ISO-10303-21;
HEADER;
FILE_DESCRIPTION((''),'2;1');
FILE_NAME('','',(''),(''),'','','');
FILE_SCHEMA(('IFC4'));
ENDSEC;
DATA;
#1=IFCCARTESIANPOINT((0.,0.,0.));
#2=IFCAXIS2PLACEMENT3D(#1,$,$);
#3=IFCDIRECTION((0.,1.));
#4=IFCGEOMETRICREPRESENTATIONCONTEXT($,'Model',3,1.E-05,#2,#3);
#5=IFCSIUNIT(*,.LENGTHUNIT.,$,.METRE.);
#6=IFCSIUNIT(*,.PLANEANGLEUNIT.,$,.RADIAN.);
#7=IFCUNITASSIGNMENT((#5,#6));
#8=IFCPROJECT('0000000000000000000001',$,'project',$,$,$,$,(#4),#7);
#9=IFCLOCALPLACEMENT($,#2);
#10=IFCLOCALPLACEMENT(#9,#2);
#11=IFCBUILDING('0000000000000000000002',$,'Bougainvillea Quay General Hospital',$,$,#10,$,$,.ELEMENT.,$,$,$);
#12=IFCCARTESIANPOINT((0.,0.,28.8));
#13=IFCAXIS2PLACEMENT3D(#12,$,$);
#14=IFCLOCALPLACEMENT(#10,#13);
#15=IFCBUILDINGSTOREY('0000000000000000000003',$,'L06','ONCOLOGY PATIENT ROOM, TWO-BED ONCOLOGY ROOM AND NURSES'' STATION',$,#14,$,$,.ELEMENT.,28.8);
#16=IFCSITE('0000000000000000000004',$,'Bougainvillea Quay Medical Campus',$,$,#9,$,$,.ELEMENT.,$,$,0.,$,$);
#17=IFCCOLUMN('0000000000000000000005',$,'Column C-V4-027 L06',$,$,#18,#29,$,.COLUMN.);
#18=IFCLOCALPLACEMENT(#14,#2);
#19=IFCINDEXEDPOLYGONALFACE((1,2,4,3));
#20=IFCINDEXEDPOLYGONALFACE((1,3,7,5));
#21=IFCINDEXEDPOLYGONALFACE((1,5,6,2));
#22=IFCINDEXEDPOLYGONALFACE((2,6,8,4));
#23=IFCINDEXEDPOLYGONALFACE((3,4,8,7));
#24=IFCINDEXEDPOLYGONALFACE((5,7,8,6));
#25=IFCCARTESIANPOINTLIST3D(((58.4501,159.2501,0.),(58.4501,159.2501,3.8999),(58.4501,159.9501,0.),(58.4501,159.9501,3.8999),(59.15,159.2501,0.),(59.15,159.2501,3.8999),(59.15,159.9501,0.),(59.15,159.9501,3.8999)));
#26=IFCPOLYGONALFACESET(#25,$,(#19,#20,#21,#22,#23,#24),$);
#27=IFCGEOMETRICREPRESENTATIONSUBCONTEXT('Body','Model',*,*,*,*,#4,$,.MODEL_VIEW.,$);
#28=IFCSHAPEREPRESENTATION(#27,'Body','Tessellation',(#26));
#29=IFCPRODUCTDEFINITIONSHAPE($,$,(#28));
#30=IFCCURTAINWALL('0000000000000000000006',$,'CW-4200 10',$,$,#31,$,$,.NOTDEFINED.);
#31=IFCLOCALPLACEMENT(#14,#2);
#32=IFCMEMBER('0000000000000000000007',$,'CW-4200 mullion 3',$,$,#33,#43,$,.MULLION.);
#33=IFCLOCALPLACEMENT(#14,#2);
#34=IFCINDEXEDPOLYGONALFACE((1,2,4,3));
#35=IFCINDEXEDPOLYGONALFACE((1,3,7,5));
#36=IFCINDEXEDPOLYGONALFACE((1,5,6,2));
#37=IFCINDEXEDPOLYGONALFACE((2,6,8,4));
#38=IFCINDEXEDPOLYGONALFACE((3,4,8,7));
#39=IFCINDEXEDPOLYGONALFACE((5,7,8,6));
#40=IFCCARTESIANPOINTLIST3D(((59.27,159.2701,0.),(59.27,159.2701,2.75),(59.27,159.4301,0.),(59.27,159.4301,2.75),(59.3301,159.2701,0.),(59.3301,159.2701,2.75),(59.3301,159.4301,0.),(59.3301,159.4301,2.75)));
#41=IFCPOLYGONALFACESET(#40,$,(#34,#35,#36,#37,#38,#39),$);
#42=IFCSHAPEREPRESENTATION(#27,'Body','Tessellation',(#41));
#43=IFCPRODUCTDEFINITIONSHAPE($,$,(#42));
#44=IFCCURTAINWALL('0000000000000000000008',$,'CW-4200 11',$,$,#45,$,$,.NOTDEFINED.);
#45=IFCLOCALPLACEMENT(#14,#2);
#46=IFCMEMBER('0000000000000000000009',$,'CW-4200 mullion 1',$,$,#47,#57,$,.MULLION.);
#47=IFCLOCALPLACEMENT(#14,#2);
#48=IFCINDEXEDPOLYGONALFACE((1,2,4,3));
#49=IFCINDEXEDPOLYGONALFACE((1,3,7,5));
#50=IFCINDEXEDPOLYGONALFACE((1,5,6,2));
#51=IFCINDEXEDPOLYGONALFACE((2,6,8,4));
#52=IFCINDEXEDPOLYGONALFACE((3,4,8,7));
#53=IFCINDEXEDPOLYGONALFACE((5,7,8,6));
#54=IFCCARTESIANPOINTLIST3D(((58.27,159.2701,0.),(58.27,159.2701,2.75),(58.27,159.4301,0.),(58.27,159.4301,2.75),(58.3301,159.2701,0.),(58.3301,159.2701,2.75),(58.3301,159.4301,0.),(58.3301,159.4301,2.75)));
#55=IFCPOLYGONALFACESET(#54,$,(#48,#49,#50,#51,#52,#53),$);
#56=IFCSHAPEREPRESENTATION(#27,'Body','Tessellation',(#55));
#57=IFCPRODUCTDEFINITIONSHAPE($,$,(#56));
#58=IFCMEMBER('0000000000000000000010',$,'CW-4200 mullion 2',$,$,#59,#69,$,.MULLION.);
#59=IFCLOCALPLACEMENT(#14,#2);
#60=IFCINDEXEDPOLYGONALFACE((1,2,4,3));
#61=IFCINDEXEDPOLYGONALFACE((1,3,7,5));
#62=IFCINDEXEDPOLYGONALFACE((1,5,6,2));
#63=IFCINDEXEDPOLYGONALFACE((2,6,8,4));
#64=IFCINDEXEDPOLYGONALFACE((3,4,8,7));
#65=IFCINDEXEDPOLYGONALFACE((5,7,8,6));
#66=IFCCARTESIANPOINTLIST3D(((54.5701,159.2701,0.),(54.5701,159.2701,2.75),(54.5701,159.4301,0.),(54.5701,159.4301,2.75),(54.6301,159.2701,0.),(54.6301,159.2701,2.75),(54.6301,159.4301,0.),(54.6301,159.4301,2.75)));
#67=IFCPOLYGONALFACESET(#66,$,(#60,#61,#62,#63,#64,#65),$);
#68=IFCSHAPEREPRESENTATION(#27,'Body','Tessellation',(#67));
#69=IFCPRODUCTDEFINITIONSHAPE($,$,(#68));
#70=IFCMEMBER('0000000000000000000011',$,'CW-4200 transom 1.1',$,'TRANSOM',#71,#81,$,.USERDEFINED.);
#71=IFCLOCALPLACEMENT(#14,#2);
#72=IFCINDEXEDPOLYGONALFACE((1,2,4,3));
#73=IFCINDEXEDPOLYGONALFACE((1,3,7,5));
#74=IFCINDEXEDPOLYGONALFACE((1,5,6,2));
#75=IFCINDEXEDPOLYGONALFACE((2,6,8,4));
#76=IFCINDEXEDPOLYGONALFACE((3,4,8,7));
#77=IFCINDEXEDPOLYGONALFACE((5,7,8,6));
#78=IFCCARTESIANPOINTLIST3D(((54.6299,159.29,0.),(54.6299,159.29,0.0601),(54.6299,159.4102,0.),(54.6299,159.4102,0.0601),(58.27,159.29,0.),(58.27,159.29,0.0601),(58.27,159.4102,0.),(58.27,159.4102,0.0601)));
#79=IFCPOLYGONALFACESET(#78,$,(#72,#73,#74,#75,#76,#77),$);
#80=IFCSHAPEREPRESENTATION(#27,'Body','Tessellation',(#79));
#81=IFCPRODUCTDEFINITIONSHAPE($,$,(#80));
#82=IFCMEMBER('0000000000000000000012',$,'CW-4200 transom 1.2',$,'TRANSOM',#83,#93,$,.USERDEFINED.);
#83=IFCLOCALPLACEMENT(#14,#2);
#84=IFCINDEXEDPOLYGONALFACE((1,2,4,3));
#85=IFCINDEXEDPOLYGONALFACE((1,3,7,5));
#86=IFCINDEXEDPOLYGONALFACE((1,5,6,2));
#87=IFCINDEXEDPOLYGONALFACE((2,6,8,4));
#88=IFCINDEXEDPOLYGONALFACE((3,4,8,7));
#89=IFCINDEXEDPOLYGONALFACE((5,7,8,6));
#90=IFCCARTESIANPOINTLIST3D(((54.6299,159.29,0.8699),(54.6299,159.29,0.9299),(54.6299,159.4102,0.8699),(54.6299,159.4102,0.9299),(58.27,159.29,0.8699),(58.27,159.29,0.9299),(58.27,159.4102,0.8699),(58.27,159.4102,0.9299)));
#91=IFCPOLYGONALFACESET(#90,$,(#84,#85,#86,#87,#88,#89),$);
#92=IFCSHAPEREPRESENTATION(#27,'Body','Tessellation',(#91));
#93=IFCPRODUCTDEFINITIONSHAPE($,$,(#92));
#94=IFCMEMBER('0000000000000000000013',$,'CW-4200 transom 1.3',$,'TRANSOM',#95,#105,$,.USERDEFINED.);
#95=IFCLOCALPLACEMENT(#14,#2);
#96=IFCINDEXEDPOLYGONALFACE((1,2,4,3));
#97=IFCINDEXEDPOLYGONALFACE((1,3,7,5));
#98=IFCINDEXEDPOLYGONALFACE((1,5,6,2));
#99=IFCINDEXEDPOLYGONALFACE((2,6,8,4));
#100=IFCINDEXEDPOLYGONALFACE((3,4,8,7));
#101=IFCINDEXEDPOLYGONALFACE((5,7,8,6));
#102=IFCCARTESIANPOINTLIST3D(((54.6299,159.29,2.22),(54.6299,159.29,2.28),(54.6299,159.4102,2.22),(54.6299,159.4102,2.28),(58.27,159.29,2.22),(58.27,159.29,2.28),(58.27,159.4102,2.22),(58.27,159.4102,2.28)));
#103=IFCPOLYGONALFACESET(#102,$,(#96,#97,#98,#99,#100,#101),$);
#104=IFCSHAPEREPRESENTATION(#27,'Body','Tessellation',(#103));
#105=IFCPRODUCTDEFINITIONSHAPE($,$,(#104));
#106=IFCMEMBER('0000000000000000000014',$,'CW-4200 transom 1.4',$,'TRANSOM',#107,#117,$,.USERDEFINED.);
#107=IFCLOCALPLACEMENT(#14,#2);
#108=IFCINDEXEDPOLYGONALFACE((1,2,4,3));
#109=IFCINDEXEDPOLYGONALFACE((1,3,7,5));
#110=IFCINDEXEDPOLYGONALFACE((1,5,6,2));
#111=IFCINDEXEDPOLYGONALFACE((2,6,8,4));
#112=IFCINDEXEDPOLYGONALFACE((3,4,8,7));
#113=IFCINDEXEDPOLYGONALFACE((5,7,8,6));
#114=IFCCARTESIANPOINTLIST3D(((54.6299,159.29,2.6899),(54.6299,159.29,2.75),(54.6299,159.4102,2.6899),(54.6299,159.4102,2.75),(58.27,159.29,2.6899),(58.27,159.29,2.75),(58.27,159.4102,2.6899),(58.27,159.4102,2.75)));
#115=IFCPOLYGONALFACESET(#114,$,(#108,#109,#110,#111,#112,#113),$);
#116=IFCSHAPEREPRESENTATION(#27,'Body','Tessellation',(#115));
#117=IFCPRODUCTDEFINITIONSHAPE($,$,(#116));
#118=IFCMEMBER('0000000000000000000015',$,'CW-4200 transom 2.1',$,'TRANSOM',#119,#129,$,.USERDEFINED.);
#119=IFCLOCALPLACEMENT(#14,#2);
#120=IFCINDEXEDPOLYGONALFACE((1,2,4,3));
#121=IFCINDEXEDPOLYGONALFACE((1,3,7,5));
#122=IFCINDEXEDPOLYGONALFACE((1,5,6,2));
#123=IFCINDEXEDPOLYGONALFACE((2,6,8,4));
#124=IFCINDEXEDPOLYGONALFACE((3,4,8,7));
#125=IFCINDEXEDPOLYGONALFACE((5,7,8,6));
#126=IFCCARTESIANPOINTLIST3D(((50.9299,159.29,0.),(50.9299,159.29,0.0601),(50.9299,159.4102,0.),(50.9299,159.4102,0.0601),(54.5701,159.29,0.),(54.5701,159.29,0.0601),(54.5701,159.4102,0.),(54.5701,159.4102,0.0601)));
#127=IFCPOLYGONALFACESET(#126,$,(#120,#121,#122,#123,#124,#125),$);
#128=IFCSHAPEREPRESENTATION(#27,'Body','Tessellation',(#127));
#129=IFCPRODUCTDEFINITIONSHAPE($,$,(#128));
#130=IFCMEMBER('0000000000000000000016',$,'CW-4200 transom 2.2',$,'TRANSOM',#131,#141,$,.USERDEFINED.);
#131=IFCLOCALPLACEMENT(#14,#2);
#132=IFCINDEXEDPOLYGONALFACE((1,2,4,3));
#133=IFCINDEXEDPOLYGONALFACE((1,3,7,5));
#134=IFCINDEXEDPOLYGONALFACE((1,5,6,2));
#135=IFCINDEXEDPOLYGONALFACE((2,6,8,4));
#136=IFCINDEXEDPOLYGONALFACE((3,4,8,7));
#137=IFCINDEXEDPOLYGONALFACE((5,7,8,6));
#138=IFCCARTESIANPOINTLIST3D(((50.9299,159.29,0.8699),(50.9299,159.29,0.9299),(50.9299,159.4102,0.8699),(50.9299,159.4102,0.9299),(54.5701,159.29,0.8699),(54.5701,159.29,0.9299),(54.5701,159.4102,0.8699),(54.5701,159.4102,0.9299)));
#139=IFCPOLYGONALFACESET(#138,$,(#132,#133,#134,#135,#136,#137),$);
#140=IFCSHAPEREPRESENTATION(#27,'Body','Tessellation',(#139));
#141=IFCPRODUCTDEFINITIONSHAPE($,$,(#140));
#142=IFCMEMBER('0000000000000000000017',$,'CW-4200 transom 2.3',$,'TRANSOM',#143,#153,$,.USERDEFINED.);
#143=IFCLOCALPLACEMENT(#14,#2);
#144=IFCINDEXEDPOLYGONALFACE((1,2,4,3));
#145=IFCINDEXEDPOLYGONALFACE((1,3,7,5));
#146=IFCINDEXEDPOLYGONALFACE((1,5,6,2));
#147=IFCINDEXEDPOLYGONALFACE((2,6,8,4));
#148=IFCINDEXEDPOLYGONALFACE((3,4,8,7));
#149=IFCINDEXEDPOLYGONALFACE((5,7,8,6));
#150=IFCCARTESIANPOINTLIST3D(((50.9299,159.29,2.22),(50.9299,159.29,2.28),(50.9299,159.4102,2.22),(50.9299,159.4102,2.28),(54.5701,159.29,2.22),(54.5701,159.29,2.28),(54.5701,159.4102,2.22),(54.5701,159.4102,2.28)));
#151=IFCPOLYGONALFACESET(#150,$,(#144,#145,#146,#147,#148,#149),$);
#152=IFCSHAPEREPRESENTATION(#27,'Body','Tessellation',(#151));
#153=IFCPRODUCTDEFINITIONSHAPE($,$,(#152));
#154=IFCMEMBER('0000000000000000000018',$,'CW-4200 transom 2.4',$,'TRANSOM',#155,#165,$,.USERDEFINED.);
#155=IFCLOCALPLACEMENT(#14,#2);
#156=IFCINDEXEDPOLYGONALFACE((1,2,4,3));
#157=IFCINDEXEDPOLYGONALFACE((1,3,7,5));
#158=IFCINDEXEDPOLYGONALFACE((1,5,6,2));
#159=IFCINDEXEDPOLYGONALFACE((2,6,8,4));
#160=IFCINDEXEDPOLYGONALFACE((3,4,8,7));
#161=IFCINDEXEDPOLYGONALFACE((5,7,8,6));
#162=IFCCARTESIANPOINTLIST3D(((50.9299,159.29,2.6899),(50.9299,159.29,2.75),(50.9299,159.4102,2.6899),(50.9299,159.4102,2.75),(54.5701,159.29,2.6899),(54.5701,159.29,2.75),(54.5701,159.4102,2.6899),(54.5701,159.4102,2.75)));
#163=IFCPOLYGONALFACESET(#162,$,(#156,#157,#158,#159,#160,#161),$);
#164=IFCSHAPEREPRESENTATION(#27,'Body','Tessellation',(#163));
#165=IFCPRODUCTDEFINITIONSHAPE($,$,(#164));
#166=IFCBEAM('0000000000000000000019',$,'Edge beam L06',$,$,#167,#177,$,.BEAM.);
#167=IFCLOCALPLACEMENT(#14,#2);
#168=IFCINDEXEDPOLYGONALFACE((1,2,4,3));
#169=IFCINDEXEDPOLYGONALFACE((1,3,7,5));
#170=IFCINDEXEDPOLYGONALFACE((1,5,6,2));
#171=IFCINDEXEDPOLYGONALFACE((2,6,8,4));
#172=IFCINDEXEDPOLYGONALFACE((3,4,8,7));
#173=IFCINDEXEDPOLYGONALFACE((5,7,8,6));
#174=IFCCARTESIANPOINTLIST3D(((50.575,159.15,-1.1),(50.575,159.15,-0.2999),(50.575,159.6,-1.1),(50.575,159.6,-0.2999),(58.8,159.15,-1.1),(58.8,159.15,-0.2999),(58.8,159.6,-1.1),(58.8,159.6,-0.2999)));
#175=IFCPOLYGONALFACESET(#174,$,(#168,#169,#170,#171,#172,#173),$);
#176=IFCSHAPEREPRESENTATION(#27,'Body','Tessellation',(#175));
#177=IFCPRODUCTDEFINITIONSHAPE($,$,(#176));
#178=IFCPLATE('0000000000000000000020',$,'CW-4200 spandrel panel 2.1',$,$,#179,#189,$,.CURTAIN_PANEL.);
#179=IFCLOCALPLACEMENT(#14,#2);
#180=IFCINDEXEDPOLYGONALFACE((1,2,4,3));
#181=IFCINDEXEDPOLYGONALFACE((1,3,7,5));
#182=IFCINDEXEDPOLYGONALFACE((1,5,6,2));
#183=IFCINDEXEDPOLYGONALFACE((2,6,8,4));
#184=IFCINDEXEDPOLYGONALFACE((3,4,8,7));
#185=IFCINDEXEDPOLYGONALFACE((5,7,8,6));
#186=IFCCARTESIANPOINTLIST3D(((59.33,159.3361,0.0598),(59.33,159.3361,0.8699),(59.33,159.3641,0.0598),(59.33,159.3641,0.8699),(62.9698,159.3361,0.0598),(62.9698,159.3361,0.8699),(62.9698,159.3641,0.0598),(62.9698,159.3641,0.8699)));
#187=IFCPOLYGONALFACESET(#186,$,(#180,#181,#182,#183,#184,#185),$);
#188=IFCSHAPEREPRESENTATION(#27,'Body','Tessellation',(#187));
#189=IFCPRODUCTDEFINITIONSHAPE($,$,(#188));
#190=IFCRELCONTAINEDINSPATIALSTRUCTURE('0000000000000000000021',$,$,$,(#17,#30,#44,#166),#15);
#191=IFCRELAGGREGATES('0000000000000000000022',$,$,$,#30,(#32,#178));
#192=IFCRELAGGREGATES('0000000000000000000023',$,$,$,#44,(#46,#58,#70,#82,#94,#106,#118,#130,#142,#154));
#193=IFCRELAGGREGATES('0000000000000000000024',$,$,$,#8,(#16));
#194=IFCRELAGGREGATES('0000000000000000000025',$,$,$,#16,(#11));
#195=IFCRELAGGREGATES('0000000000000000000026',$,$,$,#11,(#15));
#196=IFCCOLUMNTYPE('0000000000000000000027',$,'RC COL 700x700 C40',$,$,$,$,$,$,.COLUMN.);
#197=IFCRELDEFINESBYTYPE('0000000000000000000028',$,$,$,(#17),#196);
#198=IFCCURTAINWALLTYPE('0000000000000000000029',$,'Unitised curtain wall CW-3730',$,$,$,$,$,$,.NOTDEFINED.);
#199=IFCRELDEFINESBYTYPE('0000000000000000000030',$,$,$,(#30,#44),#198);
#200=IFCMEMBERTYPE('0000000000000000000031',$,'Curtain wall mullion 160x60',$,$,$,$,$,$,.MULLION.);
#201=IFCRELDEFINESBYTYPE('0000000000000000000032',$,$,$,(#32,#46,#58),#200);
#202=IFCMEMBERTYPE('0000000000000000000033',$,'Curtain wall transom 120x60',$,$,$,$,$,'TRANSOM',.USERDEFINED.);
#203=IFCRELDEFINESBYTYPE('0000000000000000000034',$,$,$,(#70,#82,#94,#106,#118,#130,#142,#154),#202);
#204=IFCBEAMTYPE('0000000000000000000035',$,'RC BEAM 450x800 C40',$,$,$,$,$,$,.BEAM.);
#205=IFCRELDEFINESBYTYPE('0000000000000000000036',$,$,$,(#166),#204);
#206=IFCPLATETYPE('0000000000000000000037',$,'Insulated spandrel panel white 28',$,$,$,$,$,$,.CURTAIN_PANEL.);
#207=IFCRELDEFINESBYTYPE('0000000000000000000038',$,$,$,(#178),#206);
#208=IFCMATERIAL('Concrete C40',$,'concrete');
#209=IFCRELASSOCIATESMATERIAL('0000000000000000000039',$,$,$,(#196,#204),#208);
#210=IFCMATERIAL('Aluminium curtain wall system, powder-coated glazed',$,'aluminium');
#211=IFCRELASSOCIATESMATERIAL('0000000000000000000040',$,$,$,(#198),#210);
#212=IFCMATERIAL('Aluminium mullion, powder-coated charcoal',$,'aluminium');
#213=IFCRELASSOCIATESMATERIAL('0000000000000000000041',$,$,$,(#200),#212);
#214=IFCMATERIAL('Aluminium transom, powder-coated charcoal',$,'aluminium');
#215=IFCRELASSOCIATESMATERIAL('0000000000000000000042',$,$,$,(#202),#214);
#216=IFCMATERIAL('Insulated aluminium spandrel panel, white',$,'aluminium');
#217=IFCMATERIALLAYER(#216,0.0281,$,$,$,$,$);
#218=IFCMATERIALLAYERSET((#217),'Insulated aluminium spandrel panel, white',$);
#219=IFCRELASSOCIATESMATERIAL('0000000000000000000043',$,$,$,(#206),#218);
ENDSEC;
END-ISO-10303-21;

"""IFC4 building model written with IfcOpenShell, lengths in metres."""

from ifc_helpers import new_model, si_unit, direction, frame, origin, origin_2d, place, context, subcontext, project, spatial, rectangle, extrude, material, layer, layer_set, material_profile, profile_set, type_object, element, aggregate, save


model = new_model("IFC4")

# Units and contexts
model_context = context("Model", 3, precision=1e-05, world=origin(), true_north=direction((0.0, 1.0)))
body_context = subcontext(model_context, "Body", "Model", "MODEL_VIEW")
ifc_project = project(units=[si_unit("LENGTHUNIT", "METRE"), si_unit("PLANEANGLEUNIT", "RADIAN")], contexts=[model_context])

# Site, building, storey
site_placement = place(None, origin())
site = spatial("IfcSite", under=ifc_project, at=site_placement, Name="Bougainvillea Quay Medical Campus", CompositionType="ELEMENT", RefElevation=0.0)
building_placement = place(site_placement, origin())
building = spatial("IfcBuilding", under=site, at=building_placement, Name="Bougainvillea Quay General Hospital", CompositionType="ELEMENT")
storey_placement = place(building_placement, frame((0.0, 0.0, 28.8)))
storey = spatial("IfcBuildingStorey", under=building, at=storey_placement, Name="L06", Description="ONCOLOGY PATIENT ROOM, TWO-BED ONCOLOGY ROOM AND NURSES' STATION", CompositionType="ELEMENT", Elevation=28.8)

# Column
ifc_material_1 = material(Name="Concrete C40", Category="concrete")
ifc_material_profile_1 = material_profile(ifc_material_1, rectangle(XDim=0.7, YDim=0.7, at=origin_2d()))
ifc_profile_set_1 = profile_set([ifc_material_profile_1], Name="Concrete C40")
column_type = type_object("IfcColumnType", Name="RC COL 700x700 C40", PredefinedType="COLUMN", material=ifc_profile_set_1)
column_placement = place(storey_placement, frame((58.8, 159.6001, 0.0), z_axis=(0.0, 0.0, 1.0), x_axis=(1.0, 0.0, 0.0)))
element("IfcColumn", 1, at=column_placement, inside=storey, type_object=column_type, Name="Column C-V4-027 L06", PredefinedType="COLUMN", context=body_context, shape_type="SweptSolid", body=[
    extrude(rectangle(XDim=0.7, YDim=0.7, at=origin_2d()), origin(), (0.0, 0.0, 1.0), 3.8999),
])

# Curtain wall, member
ifc_material_2 = material(Name="Aluminium curtain wall system, powder-coated glazed", Category="aluminium")
curtain_wall_type = type_object("IfcCurtainWallType", Name="Unitised curtain wall CW-3730", PredefinedType="NOTDEFINED", material=ifc_material_2)
curtain_wall_1_placement = place(storey_placement, origin())
curtain_wall_1 = element("IfcCurtainWall", 2, at=curtain_wall_1_placement, inside=storey, type_object=curtain_wall_type, Name="CW-4200 10", PredefinedType="NOTDEFINED")
ifc_material_3 = material(Name="Aluminium mullion, powder-coated charcoal", Category="aluminium")
ifc_material_profile_2 = material_profile(ifc_material_3, rectangle(XDim=0.1599, YDim=0.0601, at=origin_2d()))
ifc_profile_set_2 = profile_set([ifc_material_profile_2], Name="Aluminium mullion, powder-coated charcoal")
member_type_1 = type_object("IfcMemberType", Name="Curtain wall mullion 160x60", PredefinedType="MULLION", material=ifc_profile_set_2)
member_1_placement = place(storey_placement, frame((59.3, 159.3501, 0.0), z_axis=(0.0, 0.0, 1.0), x_axis=(0.0, -1.0, 0.0)))
member_1 = element("IfcMember", 3, at=member_1_placement, type_object=member_type_1, Name="CW-4200 mullion 3", PredefinedType="MULLION", context=body_context, shape_type="SweptSolid", body=[
    extrude(rectangle(XDim=0.1599, YDim=0.0601, at=origin_2d()), origin(), (0.0, 0.0, 1.0), 2.75),
])

# Curtain wall, members
curtain_wall_2_placement = place(storey_placement, origin())
curtain_wall_2 = element("IfcCurtainWall", 4, at=curtain_wall_2_placement, inside=storey, type_object=curtain_wall_type, Name="CW-4200 11", PredefinedType="NOTDEFINED")
member_2_placement = place(storey_placement, frame((58.3, 159.3501, 0.0), z_axis=(0.0, 0.0, 1.0), x_axis=(0.0, -1.0, 0.0)))
member_2 = element("IfcMember", 5, at=member_2_placement, type_object=member_type_1, Name="CW-4200 mullion 1", PredefinedType="MULLION", context=body_context, shape_type="SweptSolid", body=[
    extrude(rectangle(XDim=0.1599, YDim=0.0601, at=origin_2d()), origin(), (0.0, 0.0, 1.0), 2.75),
])
member_3_placement = place(storey_placement, frame((54.6001, 159.3501, 0.0), z_axis=(0.0, 0.0, 1.0), x_axis=(0.0, -1.0, 0.0)))
member_3 = element("IfcMember", 6, at=member_3_placement, type_object=member_type_1, Name="CW-4200 mullion 2", PredefinedType="MULLION", context=body_context, shape_type="SweptSolid", body=[
    extrude(rectangle(XDim=0.1599, YDim=0.0601, at=origin_2d()), origin(), (0.0, 0.0, 1.0), 2.75),
])
ifc_material_4 = material(Name="Aluminium transom, powder-coated charcoal", Category="aluminium")
ifc_material_profile_3 = material_profile(ifc_material_4, rectangle(XDim=0.1201, YDim=0.0601, at=origin_2d()))
ifc_profile_set_3 = profile_set([ifc_material_profile_3], Name="Aluminium transom, powder-coated charcoal")
member_type_2 = type_object("IfcMemberType", Name="Curtain wall transom 120x60", ElementType="TRANSOM", PredefinedType="USERDEFINED", material=ifc_profile_set_3)
member_4_placement = place(storey_placement, frame((58.27, 159.3501, 0.03), z_axis=(-1.0, 0.0, 0.0), x_axis=(0.0, -1.0, 0.0)))
member_4 = element("IfcMember", 7, at=member_4_placement, type_object=member_type_2, Name="CW-4200 transom 1.1", ObjectType="TRANSOM", PredefinedType="USERDEFINED", context=body_context, shape_type="SweptSolid", body=[
    extrude(rectangle(XDim=0.1201, YDim=0.0601, at=origin_2d()), origin(), (0.0, 0.0, 1.0), 3.6401),
])
member_5_placement = place(storey_placement, frame((58.27, 159.3501, 0.8999), z_axis=(-1.0, 0.0, 0.0), x_axis=(0.0, -1.0, 0.0)))
member_5 = element("IfcMember", 8, at=member_5_placement, type_object=member_type_2, Name="CW-4200 transom 1.2", ObjectType="TRANSOM", PredefinedType="USERDEFINED", context=body_context, shape_type="SweptSolid", body=[
    extrude(rectangle(XDim=0.1201, YDim=0.0601, at=origin_2d()), origin(), (0.0, 0.0, 1.0), 3.6401),
])
member_6_placement = place(storey_placement, frame((58.27, 159.3501, 2.25), z_axis=(-1.0, 0.0, 0.0), x_axis=(0.0, -1.0, 0.0)))
member_6 = element("IfcMember", 9, at=member_6_placement, type_object=member_type_2, Name="CW-4200 transom 1.3", ObjectType="TRANSOM", PredefinedType="USERDEFINED", context=body_context, shape_type="SweptSolid", body=[
    extrude(rectangle(XDim=0.1201, YDim=0.0601, at=origin_2d()), origin(), (0.0, 0.0, 1.0), 3.6401),
])
member_7_placement = place(storey_placement, frame((58.27, 159.3501, 2.72), z_axis=(-1.0, 0.0, 0.0), x_axis=(0.0, -1.0, 0.0)))
member_7 = element("IfcMember", 10, at=member_7_placement, type_object=member_type_2, Name="CW-4200 transom 1.4", ObjectType="TRANSOM", PredefinedType="USERDEFINED", context=body_context, shape_type="SweptSolid", body=[
    extrude(rectangle(XDim=0.1201, YDim=0.0601, at=origin_2d()), origin(), (0.0, 0.0, 1.0), 3.6401),
])
member_8_placement = place(storey_placement, frame((54.5701, 159.3501, 0.03), z_axis=(-1.0, 0.0, 0.0), x_axis=(0.0, -1.0, 0.0)))
member_8 = element("IfcMember", 11, at=member_8_placement, type_object=member_type_2, Name="CW-4200 transom 2.1", ObjectType="TRANSOM", PredefinedType="USERDEFINED", context=body_context, shape_type="SweptSolid", body=[
    extrude(rectangle(XDim=0.1201, YDim=0.0601, at=origin_2d()), origin(), (0.0, 0.0, 1.0), 3.6401),
])
member_9_placement = place(storey_placement, frame((54.5701, 159.3501, 0.8999), z_axis=(-1.0, 0.0, 0.0), x_axis=(0.0, -1.0, 0.0)))
member_9 = element("IfcMember", 12, at=member_9_placement, type_object=member_type_2, Name="CW-4200 transom 2.2", ObjectType="TRANSOM", PredefinedType="USERDEFINED", context=body_context, shape_type="SweptSolid", body=[
    extrude(rectangle(XDim=0.1201, YDim=0.0601, at=origin_2d()), origin(), (0.0, 0.0, 1.0), 3.6401),
])
member_10_placement = place(storey_placement, frame((54.5701, 159.3501, 2.25), z_axis=(-1.0, 0.0, 0.0), x_axis=(0.0, -1.0, 0.0)))
member_10 = element("IfcMember", 13, at=member_10_placement, type_object=member_type_2, Name="CW-4200 transom 2.3", ObjectType="TRANSOM", PredefinedType="USERDEFINED", context=body_context, shape_type="SweptSolid", body=[
    extrude(rectangle(XDim=0.1201, YDim=0.0601, at=origin_2d()), origin(), (0.0, 0.0, 1.0), 3.6401),
])
member_11_placement = place(storey_placement, frame((54.5701, 159.3501, 2.72), z_axis=(-1.0, 0.0, 0.0), x_axis=(0.0, -1.0, 0.0)))
member_11 = element("IfcMember", 14, at=member_11_placement, type_object=member_type_2, Name="CW-4200 transom 2.4", ObjectType="TRANSOM", PredefinedType="USERDEFINED", context=body_context, shape_type="SweptSolid", body=[
    extrude(rectangle(XDim=0.1201, YDim=0.0601, at=origin_2d()), origin(), (0.0, 0.0, 1.0), 3.6401),
])

# Beam
ifc_material_profile_4 = material_profile(ifc_material_1, rectangle(XDim=0.45, YDim=0.8, at=origin_2d()))
ifc_profile_set_4 = profile_set([ifc_material_profile_4], Name="Concrete C40")
beam_type = type_object("IfcBeamType", Name="RC BEAM 450x800 C40", PredefinedType="BEAM", material=ifc_profile_set_4)
beam_placement = place(storey_placement, frame((58.8, 159.375, -0.7), z_axis=(-1.0, 0.0, 0.0), x_axis=(0.0, -1.0, 0.0)))
element("IfcBeam", 15, at=beam_placement, inside=storey, type_object=beam_type, Name="Edge beam L06", PredefinedType="BEAM", context=body_context, shape_type="SweptSolid", body=[
    extrude(rectangle(XDim=0.45, YDim=0.8, at=origin_2d()), origin(), (0.0, 0.0, 1.0), 8.2251),
])

# Plate
ifc_material_5 = material(Name="Insulated aluminium spandrel panel, white", Category="aluminium")
ifc_layer_1 = layer(ifc_material_5, 0.0281)
ifc_layer_set_1 = layer_set([ifc_layer_1], Name="Insulated aluminium spandrel panel, white")
plate_type_1 = type_object("IfcPlateType", Name="Insulated spandrel panel white 28", PredefinedType="CURTAIN_PANEL", material=ifc_layer_set_1)
plate_1_placement = place(storey_placement, frame((61.1499, 159.3501, 0.0598), z_axis=(0.0, 0.0, 1.0), x_axis=(-1.0, 0.0, 0.0)))
plate_1 = element("IfcPlate", 16, at=plate_1_placement, type_object=plate_type_1, Name="CW-4200 spandrel panel 2.1", PredefinedType="CURTAIN_PANEL", context=body_context, shape_type="SweptSolid", body=[
    extrude(rectangle(XDim=3.6399, YDim=0.0281, at=origin_2d()), origin(), (0.0, 0.0, 1.0), 0.8101),
])
aggregate(curtain_wall_1, [member_1, plate_1])
aggregate(curtain_wall_2, [member_2, member_3, member_4, member_5, member_6, member_7, member_8, member_9, member_10, member_11])

save(model, "model.ifc")
